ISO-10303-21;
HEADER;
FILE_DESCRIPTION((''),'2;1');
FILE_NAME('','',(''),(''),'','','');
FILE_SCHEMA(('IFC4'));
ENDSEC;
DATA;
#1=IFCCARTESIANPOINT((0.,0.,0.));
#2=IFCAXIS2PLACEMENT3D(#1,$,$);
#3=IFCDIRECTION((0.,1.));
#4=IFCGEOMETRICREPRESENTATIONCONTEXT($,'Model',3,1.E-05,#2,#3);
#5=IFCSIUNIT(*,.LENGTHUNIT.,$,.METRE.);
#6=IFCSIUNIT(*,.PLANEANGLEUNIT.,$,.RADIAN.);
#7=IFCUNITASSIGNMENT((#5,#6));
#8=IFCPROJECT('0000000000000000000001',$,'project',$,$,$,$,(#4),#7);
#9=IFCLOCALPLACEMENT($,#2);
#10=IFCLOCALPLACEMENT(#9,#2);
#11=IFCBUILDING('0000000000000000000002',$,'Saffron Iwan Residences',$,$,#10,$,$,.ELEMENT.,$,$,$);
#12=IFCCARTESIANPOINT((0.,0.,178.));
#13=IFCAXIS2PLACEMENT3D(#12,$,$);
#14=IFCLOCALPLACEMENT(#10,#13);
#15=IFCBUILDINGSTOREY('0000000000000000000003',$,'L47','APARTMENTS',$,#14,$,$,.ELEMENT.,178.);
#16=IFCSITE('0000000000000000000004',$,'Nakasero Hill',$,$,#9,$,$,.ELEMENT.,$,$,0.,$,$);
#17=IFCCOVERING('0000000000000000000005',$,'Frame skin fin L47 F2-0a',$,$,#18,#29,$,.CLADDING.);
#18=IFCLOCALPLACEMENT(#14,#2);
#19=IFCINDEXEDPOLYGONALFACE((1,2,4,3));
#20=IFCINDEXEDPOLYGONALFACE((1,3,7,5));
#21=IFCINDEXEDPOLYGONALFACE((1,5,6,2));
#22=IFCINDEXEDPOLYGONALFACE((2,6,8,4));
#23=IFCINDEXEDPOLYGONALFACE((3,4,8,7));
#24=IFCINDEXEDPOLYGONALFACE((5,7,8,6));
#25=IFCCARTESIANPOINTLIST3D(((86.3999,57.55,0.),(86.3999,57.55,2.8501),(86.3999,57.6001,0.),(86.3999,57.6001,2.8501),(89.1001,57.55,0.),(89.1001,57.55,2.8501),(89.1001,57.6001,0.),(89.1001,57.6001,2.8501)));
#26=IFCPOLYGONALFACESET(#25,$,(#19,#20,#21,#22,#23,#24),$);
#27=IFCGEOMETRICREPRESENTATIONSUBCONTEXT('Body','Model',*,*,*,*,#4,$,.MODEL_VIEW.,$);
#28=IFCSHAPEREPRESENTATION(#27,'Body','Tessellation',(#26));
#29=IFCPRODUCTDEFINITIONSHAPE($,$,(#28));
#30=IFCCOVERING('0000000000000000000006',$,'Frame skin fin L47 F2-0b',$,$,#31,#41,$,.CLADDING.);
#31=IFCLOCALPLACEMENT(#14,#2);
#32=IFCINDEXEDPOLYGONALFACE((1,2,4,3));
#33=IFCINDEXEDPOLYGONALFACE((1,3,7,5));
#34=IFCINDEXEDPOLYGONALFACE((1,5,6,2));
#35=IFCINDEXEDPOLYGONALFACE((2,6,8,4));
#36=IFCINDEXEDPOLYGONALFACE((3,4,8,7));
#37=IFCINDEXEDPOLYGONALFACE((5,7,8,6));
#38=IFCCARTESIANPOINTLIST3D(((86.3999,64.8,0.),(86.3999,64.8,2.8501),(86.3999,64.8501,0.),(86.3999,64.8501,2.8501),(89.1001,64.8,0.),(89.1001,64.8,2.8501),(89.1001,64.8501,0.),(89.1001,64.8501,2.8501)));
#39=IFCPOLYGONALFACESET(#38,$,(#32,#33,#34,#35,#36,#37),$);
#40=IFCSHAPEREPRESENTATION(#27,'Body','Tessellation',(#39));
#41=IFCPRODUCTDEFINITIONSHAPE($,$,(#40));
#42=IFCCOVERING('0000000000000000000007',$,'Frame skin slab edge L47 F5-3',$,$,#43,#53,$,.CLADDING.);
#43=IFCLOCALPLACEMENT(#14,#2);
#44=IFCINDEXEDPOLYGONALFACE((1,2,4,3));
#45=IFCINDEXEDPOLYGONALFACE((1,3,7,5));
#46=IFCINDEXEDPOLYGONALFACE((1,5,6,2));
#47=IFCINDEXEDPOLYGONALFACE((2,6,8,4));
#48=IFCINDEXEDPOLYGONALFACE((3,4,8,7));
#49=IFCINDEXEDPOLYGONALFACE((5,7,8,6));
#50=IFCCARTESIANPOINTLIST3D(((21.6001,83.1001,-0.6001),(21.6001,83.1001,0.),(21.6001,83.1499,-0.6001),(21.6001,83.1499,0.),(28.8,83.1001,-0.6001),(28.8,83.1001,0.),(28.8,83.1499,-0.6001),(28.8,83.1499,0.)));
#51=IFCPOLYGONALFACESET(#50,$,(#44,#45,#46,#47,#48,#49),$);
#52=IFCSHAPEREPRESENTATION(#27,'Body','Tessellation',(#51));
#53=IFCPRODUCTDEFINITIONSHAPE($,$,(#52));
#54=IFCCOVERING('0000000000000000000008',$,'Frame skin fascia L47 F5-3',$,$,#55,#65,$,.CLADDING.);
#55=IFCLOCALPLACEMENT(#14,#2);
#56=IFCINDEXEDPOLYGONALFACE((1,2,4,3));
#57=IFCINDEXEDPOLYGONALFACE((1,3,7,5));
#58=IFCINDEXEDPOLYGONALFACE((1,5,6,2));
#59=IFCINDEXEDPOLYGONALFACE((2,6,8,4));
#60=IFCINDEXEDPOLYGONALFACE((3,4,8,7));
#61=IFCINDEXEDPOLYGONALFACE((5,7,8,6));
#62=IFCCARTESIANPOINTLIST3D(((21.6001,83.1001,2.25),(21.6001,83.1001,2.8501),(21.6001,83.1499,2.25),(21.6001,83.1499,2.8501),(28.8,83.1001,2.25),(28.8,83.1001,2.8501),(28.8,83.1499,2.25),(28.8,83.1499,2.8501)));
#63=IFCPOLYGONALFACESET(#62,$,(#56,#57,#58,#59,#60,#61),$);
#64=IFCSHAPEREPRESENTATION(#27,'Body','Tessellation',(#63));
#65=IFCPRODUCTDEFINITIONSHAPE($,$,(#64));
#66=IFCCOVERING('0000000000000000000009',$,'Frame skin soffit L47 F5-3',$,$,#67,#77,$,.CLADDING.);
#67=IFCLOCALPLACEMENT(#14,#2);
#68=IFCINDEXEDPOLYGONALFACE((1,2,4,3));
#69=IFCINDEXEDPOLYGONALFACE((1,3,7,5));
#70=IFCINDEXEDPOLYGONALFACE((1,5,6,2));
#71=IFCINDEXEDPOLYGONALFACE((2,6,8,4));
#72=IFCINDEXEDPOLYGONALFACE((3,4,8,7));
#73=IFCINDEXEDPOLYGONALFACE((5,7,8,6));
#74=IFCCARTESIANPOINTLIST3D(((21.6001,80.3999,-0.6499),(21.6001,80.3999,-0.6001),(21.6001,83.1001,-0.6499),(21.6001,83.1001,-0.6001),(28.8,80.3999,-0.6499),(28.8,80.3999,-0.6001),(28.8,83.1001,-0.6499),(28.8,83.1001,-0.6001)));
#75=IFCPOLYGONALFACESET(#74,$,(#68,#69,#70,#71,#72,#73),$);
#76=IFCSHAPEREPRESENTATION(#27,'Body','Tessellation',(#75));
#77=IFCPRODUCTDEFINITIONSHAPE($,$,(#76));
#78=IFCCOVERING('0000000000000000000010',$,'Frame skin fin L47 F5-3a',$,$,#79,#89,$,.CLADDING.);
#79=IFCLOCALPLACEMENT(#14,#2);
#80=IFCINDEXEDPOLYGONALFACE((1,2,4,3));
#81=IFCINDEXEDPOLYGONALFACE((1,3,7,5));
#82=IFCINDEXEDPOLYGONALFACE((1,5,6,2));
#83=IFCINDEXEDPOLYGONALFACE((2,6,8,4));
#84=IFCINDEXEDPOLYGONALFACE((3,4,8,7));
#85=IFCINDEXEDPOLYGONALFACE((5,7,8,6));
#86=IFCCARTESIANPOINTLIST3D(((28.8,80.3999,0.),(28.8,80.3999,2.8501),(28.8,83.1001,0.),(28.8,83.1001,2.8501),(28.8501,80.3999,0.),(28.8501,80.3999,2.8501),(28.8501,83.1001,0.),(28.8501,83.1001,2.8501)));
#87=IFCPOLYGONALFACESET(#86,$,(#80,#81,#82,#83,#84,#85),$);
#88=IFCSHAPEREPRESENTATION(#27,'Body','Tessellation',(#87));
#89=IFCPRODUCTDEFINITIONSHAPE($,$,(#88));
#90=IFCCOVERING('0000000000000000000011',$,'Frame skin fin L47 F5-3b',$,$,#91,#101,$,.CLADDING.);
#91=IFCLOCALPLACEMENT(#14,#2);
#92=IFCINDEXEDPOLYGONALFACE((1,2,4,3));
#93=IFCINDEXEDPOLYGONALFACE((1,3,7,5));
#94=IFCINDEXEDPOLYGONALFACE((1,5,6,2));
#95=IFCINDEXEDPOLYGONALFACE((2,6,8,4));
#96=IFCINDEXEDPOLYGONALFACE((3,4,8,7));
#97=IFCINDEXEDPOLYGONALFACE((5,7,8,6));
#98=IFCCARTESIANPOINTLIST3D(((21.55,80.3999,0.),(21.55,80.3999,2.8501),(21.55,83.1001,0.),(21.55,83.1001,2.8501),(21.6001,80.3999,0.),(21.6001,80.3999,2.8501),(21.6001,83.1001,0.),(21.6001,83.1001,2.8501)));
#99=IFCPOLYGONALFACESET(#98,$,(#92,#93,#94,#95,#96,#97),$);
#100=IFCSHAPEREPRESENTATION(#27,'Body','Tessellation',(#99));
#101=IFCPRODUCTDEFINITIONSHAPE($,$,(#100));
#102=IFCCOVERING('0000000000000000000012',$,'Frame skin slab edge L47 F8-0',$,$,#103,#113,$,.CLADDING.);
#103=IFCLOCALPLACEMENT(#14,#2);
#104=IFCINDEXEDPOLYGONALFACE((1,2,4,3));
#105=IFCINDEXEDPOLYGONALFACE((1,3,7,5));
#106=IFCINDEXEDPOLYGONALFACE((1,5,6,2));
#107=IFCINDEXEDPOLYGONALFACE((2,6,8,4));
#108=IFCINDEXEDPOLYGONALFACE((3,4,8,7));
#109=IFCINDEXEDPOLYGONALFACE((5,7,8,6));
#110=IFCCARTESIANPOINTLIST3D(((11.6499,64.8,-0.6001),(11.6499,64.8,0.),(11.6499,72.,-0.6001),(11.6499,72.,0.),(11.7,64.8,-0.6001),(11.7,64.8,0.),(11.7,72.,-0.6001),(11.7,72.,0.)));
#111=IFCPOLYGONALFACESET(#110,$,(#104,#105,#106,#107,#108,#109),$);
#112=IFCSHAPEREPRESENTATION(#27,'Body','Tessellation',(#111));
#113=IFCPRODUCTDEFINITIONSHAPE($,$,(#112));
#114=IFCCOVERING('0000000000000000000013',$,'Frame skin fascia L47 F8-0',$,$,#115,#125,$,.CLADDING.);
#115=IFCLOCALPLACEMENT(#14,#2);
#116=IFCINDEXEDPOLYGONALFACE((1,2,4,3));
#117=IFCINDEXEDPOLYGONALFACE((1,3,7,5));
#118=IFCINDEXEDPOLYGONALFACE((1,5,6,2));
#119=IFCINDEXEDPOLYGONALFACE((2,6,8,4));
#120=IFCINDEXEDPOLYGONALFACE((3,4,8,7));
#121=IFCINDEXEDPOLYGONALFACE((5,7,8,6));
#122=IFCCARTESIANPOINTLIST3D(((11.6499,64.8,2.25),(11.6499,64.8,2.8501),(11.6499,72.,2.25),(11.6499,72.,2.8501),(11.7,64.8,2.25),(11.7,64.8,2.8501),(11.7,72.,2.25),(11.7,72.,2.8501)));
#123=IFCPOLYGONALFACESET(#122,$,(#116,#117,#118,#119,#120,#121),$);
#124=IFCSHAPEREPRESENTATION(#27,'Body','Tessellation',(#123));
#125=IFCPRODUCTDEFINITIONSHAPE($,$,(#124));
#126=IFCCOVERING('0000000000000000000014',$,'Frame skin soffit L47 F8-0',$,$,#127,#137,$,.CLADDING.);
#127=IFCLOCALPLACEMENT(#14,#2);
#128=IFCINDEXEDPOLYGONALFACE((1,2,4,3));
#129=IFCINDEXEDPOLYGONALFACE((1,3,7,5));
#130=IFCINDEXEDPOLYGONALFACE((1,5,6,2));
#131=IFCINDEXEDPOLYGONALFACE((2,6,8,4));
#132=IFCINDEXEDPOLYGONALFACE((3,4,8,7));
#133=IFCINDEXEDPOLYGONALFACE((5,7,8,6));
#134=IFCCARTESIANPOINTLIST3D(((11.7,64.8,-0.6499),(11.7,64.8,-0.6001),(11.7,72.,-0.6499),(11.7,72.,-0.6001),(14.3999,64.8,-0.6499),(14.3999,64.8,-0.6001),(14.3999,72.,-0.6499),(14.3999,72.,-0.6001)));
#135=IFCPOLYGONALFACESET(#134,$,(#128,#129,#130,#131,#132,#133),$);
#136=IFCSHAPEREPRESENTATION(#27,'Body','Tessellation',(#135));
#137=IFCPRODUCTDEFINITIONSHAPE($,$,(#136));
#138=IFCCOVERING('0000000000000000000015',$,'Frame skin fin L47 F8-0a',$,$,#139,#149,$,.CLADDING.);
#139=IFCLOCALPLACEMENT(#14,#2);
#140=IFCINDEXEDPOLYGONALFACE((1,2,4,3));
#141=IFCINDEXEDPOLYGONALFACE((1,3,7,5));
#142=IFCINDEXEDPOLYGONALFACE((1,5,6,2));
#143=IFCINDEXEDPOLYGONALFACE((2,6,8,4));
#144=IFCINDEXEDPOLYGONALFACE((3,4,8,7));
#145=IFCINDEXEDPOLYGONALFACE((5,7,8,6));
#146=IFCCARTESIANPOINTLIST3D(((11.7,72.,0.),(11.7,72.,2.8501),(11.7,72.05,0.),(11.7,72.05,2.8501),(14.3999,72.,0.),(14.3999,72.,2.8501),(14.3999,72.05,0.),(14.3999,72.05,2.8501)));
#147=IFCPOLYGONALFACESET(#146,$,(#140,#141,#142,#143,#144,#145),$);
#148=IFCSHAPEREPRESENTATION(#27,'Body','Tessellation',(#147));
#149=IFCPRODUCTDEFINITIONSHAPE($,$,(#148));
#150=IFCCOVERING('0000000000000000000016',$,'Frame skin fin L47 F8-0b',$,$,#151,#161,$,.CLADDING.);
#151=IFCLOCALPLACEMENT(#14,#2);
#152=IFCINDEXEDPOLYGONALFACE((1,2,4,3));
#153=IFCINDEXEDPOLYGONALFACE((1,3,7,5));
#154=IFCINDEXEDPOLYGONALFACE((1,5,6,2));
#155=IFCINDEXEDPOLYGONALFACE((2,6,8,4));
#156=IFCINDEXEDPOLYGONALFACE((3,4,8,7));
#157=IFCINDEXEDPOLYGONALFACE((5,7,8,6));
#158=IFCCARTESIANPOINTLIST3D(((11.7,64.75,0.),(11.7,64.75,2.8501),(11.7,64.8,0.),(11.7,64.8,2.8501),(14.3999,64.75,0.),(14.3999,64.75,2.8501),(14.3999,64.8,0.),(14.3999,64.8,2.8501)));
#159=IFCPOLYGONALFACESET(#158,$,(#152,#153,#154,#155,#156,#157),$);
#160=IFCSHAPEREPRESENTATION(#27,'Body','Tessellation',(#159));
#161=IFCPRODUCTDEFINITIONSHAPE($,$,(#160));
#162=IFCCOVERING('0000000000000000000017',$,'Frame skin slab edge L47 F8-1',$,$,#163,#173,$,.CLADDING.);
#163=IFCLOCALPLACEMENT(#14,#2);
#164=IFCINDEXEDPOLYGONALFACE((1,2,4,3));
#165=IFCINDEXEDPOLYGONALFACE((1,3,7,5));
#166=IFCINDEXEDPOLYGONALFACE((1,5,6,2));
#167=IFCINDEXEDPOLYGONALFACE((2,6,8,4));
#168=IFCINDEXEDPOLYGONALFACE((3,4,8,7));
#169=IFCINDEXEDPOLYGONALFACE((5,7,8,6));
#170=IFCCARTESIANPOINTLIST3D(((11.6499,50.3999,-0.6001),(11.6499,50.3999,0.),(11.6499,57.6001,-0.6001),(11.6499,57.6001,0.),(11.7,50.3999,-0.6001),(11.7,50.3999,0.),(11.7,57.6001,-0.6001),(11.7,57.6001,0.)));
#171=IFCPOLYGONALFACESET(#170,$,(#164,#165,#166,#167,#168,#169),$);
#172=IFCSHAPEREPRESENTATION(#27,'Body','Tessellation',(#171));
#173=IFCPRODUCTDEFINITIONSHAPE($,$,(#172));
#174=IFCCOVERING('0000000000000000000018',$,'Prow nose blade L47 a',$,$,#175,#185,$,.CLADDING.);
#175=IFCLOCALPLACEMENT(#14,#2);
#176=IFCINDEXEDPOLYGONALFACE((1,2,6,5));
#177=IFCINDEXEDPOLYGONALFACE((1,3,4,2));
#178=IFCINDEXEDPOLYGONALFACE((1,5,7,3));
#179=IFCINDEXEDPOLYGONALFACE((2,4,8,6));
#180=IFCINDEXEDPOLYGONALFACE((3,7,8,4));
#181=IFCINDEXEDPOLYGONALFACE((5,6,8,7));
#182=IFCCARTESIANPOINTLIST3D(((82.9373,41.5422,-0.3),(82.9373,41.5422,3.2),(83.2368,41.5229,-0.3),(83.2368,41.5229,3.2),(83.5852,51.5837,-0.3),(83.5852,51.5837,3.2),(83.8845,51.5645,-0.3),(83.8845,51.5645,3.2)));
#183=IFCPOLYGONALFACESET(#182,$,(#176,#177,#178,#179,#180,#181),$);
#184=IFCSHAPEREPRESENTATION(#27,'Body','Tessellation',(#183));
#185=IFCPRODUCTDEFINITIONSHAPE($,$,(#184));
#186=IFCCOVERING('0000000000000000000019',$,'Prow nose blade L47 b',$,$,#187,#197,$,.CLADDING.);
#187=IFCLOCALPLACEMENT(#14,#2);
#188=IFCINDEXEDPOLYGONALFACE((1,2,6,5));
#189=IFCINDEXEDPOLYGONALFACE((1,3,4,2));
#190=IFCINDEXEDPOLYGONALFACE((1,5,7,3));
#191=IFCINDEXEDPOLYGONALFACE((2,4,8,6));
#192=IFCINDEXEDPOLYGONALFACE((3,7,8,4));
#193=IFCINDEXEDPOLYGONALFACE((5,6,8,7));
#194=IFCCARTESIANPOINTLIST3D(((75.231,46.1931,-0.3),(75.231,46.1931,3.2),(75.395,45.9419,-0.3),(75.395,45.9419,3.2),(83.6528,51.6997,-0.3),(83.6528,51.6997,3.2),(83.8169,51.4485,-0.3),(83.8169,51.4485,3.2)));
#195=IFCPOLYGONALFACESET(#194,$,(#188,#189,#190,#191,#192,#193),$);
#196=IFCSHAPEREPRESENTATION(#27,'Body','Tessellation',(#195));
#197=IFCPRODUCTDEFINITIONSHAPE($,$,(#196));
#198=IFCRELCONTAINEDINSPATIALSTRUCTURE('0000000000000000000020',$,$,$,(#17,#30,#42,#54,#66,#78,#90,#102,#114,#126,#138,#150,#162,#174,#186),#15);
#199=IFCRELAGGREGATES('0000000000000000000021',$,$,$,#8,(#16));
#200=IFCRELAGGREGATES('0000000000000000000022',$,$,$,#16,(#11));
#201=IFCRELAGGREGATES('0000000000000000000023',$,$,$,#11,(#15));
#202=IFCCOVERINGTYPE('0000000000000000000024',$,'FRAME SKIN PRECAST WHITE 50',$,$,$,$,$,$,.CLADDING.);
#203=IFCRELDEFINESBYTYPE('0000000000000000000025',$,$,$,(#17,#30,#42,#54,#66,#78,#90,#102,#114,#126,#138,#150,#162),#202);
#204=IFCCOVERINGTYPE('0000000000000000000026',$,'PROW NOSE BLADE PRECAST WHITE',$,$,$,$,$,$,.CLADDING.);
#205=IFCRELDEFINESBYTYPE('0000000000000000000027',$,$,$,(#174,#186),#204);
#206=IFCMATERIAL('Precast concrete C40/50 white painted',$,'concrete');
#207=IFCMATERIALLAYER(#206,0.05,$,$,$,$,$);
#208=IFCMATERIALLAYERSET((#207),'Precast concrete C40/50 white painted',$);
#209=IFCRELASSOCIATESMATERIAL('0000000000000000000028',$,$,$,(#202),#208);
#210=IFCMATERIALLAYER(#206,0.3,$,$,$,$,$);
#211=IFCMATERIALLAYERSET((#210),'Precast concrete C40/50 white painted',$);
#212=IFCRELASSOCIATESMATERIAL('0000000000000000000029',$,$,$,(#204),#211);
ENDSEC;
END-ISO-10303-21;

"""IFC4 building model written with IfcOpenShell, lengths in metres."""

from ifc_helpers import new_model, si_unit, direction, frame, origin, place, context, subcontext, project, spatial, polyline, outline, extrude, material, layer, layer_set, type_object, element, save


model = new_model("IFC4")

# Units and contexts
model_context = context("Model", 3, precision=1e-05, world=origin(), true_north=direction((0.0, 1.0)))
body_context = subcontext(model_context, "Body", "Model", "MODEL_VIEW")
ifc_project = project(units=[si_unit("LENGTHUNIT", "METRE"), si_unit("PLANEANGLEUNIT", "RADIAN")], contexts=[model_context])

# Site, building, storey
site_placement = place(None, origin())
site = spatial("IfcSite", under=ifc_project, at=site_placement, Name="Nakasero Hill", CompositionType="ELEMENT", RefElevation=0.0)
building_placement = place(site_placement, origin())
building = spatial("IfcBuilding", under=site, at=building_placement, Name="Saffron Iwan Residences", CompositionType="ELEMENT")
storey_placement = place(building_placement, frame((0.0, 0.0, 178.0)))
storey = spatial("IfcBuildingStorey", under=building, at=storey_placement, Name="L47", Description="APARTMENTS", CompositionType="ELEMENT", Elevation=178.0)

# Coverings
ifc_material_1 = material(Name="Precast concrete C40/50 white painted", Category="concrete")
ifc_layer_1 = layer(ifc_material_1, 0.05)
ifc_layer_set_1 = layer_set([ifc_layer_1], Name="Precast concrete C40/50 white painted")
covering_type_1 = type_object("IfcCoveringType", Name="FRAME SKIN PRECAST WHITE 50", PredefinedType="CLADDING", material=ifc_layer_set_1)
covering_1_placement = place(storey_placement, origin())
element("IfcCovering", 1, at=covering_1_placement, inside=storey, type_object=covering_type_1, Name="Frame skin fin L47 F2-0a", PredefinedType="CLADDING", context=body_context, shape_type="SweptSolid", body=[
    extrude(outline(polyline([(89.1001, 57.55), (89.1001, 57.6001), (86.3999, 57.6001), (86.3999, 57.55), (89.1001, 57.55)])), origin(), (0.0, 0.0, 1.0), 2.8501),
])
covering_2_placement = place(storey_placement, origin())
element("IfcCovering", 2, at=covering_2_placement, inside=storey, type_object=covering_type_1, Name="Frame skin fin L47 F2-0b", PredefinedType="CLADDING", context=body_context, shape_type="SweptSolid", body=[
    extrude(outline(polyline([(89.1001, 64.8), (89.1001, 64.8501), (86.3999, 64.8501), (86.3999, 64.8), (89.1001, 64.8)])), origin(), (0.0, 0.0, 1.0), 2.8501),
])
for number, where, name in (
    (3, (0.0, 0.0, -0.6001), "Frame skin slab edge L47 F5-3"),
    (4, (0.0, 0.0, 2.25), "Frame skin fascia L47 F5-3"),
):
    element("IfcCovering", number, at=place(storey_placement, frame(where)), inside=storey, type_object=covering_type_1, Name=name, PredefinedType="CLADDING", context=body_context, shape_type="SweptSolid", body=[
        extrude(outline(polyline([(28.8, 83.1499), (21.6001, 83.1499), (21.6001, 83.1001), (28.8, 83.1001), (28.8, 83.1499)])), origin(), (0.0, 0.0, 1.0), 0.6001),
    ])
covering_3_placement = place(storey_placement, frame((0.0, 0.0, -0.6499)))
element("IfcCovering", 5, at=covering_3_placement, inside=storey, type_object=covering_type_1, Name="Frame skin soffit L47 F5-3", PredefinedType="CLADDING", context=body_context, shape_type="SweptSolid", body=[
    extrude(outline(polyline([(28.8, 83.1001), (21.6001, 83.1001), (21.6001, 80.3999), (28.8, 80.3999), (28.8, 83.1001)])), origin(), (0.0, 0.0, 1.0), 0.0498),
])
covering_4_placement = place(storey_placement, origin())
element("IfcCovering", 6, at=covering_4_placement, inside=storey, type_object=covering_type_1, Name="Frame skin fin L47 F5-3a", PredefinedType="CLADDING", context=body_context, shape_type="SweptSolid", body=[
    extrude(outline(polyline([(28.8501, 83.1001), (28.8, 83.1001), (28.8, 80.3999), (28.8501, 80.3999), (28.8501, 83.1001)])), origin(), (0.0, 0.0, 1.0), 2.8501),
])
covering_5_placement = place(storey_placement, origin())
element("IfcCovering", 7, at=covering_5_placement, inside=storey, type_object=covering_type_1, Name="Frame skin fin L47 F5-3b", PredefinedType="CLADDING", context=body_context, shape_type="SweptSolid", body=[
    extrude(outline(polyline([(21.6001, 83.1001), (21.55, 83.1001), (21.55, 80.3999), (21.6001, 80.3999), (21.6001, 83.1001)])), origin(), (0.0, 0.0, 1.0), 2.8501),
])
for number, where, name in (
    (8, (0.0, 0.0, -0.6001), "Frame skin slab edge L47 F8-0"),
    (9, (0.0, 0.0, 2.25), "Frame skin fascia L47 F8-0"),
):
    element("IfcCovering", number, at=place(storey_placement, frame(where)), inside=storey, type_object=covering_type_1, Name=name, PredefinedType="CLADDING", context=body_context, shape_type="SweptSolid", body=[
        extrude(outline(polyline([(11.6499, 72.0), (11.6499, 64.8), (11.7, 64.8), (11.7, 72.0), (11.6499, 72.0)])), origin(), (0.0, 0.0, 1.0), 0.6001),
    ])
covering_6_placement = place(storey_placement, frame((0.0, 0.0, -0.6499)))
element("IfcCovering", 10, at=covering_6_placement, inside=storey, type_object=covering_type_1, Name="Frame skin soffit L47 F8-0", PredefinedType="CLADDING", context=body_context, shape_type="SweptSolid", body=[
    extrude(outline(polyline([(11.7, 72.0), (11.7, 64.8), (14.3999, 64.8), (14.3999, 72.0), (11.7, 72.0)])), origin(), (0.0, 0.0, 1.0), 0.0498),
])
covering_7_placement = place(storey_placement, origin())
element("IfcCovering", 11, at=covering_7_placement, inside=storey, type_object=covering_type_1, Name="Frame skin fin L47 F8-0a", PredefinedType="CLADDING", context=body_context, shape_type="SweptSolid", body=[
    extrude(outline(polyline([(11.7, 72.05), (11.7, 72.0), (14.3999, 72.0), (14.3999, 72.05), (11.7, 72.05)])), origin(), (0.0, 0.0, 1.0), 2.8501),
])
covering_8_placement = place(storey_placement, origin())
element("IfcCovering", 12, at=covering_8_placement, inside=storey, type_object=covering_type_1, Name="Frame skin fin L47 F8-0b", PredefinedType="CLADDING", context=body_context, shape_type="SweptSolid", body=[
    extrude(outline(polyline([(11.7, 64.8), (11.7, 64.75), (14.3999, 64.75), (14.3999, 64.8), (11.7, 64.8)])), origin(), (0.0, 0.0, 1.0), 2.8501),
])
covering_9_placement = place(storey_placement, frame((0.0, 0.0, -0.6001)))
element("IfcCovering", 13, at=covering_9_placement, inside=storey, type_object=covering_type_1, Name="Frame skin slab edge L47 F8-1", PredefinedType="CLADDING", context=body_context, shape_type="SweptSolid", body=[
    extrude(outline(polyline([(11.6499, 57.6001), (11.6499, 50.3999), (11.7, 50.3999), (11.7, 57.6001), (11.6499, 57.6001)])), origin(), (0.0, 0.0, 1.0), 0.6001),
])
ifc_layer_2 = layer(ifc_material_1, 0.3)
ifc_layer_set_2 = layer_set([ifc_layer_2], Name="Precast concrete C40/50 white painted")
covering_type_2 = type_object("IfcCoveringType", Name="PROW NOSE BLADE PRECAST WHITE", PredefinedType="CLADDING", material=ifc_layer_set_2)
covering_10_placement = place(storey_placement, frame((0.0, 0.0, -0.3)))
element("IfcCovering", 14, at=covering_10_placement, inside=storey, type_object=covering_type_2, Name="Prow nose blade L47 a", PredefinedType="CLADDING", context=body_context, shape_type="SweptSolid", body=[
    extrude(outline(polyline([(83.2368, 41.5229), (83.8845, 51.5645), (83.5852, 51.5837), (82.9373, 41.5422), (83.2368, 41.5229)])), origin(), (0.0, 0.0, 1.0), 3.5),
])
covering_11_placement = place(storey_placement, frame((0.0, 0.0, -0.3)))
element("IfcCovering", 15, at=covering_11_placement, inside=storey, type_object=covering_type_2, Name="Prow nose blade L47 b", PredefinedType="CLADDING", context=body_context, shape_type="SweptSolid", body=[
    extrude(outline(polyline([(75.395, 45.9419), (83.8169, 51.4485), (83.6528, 51.6997), (75.231, 46.1931), (75.395, 45.9419)])), origin(), (0.0, 0.0, 1.0), 3.5),
])

save(model, "model.ifc")
